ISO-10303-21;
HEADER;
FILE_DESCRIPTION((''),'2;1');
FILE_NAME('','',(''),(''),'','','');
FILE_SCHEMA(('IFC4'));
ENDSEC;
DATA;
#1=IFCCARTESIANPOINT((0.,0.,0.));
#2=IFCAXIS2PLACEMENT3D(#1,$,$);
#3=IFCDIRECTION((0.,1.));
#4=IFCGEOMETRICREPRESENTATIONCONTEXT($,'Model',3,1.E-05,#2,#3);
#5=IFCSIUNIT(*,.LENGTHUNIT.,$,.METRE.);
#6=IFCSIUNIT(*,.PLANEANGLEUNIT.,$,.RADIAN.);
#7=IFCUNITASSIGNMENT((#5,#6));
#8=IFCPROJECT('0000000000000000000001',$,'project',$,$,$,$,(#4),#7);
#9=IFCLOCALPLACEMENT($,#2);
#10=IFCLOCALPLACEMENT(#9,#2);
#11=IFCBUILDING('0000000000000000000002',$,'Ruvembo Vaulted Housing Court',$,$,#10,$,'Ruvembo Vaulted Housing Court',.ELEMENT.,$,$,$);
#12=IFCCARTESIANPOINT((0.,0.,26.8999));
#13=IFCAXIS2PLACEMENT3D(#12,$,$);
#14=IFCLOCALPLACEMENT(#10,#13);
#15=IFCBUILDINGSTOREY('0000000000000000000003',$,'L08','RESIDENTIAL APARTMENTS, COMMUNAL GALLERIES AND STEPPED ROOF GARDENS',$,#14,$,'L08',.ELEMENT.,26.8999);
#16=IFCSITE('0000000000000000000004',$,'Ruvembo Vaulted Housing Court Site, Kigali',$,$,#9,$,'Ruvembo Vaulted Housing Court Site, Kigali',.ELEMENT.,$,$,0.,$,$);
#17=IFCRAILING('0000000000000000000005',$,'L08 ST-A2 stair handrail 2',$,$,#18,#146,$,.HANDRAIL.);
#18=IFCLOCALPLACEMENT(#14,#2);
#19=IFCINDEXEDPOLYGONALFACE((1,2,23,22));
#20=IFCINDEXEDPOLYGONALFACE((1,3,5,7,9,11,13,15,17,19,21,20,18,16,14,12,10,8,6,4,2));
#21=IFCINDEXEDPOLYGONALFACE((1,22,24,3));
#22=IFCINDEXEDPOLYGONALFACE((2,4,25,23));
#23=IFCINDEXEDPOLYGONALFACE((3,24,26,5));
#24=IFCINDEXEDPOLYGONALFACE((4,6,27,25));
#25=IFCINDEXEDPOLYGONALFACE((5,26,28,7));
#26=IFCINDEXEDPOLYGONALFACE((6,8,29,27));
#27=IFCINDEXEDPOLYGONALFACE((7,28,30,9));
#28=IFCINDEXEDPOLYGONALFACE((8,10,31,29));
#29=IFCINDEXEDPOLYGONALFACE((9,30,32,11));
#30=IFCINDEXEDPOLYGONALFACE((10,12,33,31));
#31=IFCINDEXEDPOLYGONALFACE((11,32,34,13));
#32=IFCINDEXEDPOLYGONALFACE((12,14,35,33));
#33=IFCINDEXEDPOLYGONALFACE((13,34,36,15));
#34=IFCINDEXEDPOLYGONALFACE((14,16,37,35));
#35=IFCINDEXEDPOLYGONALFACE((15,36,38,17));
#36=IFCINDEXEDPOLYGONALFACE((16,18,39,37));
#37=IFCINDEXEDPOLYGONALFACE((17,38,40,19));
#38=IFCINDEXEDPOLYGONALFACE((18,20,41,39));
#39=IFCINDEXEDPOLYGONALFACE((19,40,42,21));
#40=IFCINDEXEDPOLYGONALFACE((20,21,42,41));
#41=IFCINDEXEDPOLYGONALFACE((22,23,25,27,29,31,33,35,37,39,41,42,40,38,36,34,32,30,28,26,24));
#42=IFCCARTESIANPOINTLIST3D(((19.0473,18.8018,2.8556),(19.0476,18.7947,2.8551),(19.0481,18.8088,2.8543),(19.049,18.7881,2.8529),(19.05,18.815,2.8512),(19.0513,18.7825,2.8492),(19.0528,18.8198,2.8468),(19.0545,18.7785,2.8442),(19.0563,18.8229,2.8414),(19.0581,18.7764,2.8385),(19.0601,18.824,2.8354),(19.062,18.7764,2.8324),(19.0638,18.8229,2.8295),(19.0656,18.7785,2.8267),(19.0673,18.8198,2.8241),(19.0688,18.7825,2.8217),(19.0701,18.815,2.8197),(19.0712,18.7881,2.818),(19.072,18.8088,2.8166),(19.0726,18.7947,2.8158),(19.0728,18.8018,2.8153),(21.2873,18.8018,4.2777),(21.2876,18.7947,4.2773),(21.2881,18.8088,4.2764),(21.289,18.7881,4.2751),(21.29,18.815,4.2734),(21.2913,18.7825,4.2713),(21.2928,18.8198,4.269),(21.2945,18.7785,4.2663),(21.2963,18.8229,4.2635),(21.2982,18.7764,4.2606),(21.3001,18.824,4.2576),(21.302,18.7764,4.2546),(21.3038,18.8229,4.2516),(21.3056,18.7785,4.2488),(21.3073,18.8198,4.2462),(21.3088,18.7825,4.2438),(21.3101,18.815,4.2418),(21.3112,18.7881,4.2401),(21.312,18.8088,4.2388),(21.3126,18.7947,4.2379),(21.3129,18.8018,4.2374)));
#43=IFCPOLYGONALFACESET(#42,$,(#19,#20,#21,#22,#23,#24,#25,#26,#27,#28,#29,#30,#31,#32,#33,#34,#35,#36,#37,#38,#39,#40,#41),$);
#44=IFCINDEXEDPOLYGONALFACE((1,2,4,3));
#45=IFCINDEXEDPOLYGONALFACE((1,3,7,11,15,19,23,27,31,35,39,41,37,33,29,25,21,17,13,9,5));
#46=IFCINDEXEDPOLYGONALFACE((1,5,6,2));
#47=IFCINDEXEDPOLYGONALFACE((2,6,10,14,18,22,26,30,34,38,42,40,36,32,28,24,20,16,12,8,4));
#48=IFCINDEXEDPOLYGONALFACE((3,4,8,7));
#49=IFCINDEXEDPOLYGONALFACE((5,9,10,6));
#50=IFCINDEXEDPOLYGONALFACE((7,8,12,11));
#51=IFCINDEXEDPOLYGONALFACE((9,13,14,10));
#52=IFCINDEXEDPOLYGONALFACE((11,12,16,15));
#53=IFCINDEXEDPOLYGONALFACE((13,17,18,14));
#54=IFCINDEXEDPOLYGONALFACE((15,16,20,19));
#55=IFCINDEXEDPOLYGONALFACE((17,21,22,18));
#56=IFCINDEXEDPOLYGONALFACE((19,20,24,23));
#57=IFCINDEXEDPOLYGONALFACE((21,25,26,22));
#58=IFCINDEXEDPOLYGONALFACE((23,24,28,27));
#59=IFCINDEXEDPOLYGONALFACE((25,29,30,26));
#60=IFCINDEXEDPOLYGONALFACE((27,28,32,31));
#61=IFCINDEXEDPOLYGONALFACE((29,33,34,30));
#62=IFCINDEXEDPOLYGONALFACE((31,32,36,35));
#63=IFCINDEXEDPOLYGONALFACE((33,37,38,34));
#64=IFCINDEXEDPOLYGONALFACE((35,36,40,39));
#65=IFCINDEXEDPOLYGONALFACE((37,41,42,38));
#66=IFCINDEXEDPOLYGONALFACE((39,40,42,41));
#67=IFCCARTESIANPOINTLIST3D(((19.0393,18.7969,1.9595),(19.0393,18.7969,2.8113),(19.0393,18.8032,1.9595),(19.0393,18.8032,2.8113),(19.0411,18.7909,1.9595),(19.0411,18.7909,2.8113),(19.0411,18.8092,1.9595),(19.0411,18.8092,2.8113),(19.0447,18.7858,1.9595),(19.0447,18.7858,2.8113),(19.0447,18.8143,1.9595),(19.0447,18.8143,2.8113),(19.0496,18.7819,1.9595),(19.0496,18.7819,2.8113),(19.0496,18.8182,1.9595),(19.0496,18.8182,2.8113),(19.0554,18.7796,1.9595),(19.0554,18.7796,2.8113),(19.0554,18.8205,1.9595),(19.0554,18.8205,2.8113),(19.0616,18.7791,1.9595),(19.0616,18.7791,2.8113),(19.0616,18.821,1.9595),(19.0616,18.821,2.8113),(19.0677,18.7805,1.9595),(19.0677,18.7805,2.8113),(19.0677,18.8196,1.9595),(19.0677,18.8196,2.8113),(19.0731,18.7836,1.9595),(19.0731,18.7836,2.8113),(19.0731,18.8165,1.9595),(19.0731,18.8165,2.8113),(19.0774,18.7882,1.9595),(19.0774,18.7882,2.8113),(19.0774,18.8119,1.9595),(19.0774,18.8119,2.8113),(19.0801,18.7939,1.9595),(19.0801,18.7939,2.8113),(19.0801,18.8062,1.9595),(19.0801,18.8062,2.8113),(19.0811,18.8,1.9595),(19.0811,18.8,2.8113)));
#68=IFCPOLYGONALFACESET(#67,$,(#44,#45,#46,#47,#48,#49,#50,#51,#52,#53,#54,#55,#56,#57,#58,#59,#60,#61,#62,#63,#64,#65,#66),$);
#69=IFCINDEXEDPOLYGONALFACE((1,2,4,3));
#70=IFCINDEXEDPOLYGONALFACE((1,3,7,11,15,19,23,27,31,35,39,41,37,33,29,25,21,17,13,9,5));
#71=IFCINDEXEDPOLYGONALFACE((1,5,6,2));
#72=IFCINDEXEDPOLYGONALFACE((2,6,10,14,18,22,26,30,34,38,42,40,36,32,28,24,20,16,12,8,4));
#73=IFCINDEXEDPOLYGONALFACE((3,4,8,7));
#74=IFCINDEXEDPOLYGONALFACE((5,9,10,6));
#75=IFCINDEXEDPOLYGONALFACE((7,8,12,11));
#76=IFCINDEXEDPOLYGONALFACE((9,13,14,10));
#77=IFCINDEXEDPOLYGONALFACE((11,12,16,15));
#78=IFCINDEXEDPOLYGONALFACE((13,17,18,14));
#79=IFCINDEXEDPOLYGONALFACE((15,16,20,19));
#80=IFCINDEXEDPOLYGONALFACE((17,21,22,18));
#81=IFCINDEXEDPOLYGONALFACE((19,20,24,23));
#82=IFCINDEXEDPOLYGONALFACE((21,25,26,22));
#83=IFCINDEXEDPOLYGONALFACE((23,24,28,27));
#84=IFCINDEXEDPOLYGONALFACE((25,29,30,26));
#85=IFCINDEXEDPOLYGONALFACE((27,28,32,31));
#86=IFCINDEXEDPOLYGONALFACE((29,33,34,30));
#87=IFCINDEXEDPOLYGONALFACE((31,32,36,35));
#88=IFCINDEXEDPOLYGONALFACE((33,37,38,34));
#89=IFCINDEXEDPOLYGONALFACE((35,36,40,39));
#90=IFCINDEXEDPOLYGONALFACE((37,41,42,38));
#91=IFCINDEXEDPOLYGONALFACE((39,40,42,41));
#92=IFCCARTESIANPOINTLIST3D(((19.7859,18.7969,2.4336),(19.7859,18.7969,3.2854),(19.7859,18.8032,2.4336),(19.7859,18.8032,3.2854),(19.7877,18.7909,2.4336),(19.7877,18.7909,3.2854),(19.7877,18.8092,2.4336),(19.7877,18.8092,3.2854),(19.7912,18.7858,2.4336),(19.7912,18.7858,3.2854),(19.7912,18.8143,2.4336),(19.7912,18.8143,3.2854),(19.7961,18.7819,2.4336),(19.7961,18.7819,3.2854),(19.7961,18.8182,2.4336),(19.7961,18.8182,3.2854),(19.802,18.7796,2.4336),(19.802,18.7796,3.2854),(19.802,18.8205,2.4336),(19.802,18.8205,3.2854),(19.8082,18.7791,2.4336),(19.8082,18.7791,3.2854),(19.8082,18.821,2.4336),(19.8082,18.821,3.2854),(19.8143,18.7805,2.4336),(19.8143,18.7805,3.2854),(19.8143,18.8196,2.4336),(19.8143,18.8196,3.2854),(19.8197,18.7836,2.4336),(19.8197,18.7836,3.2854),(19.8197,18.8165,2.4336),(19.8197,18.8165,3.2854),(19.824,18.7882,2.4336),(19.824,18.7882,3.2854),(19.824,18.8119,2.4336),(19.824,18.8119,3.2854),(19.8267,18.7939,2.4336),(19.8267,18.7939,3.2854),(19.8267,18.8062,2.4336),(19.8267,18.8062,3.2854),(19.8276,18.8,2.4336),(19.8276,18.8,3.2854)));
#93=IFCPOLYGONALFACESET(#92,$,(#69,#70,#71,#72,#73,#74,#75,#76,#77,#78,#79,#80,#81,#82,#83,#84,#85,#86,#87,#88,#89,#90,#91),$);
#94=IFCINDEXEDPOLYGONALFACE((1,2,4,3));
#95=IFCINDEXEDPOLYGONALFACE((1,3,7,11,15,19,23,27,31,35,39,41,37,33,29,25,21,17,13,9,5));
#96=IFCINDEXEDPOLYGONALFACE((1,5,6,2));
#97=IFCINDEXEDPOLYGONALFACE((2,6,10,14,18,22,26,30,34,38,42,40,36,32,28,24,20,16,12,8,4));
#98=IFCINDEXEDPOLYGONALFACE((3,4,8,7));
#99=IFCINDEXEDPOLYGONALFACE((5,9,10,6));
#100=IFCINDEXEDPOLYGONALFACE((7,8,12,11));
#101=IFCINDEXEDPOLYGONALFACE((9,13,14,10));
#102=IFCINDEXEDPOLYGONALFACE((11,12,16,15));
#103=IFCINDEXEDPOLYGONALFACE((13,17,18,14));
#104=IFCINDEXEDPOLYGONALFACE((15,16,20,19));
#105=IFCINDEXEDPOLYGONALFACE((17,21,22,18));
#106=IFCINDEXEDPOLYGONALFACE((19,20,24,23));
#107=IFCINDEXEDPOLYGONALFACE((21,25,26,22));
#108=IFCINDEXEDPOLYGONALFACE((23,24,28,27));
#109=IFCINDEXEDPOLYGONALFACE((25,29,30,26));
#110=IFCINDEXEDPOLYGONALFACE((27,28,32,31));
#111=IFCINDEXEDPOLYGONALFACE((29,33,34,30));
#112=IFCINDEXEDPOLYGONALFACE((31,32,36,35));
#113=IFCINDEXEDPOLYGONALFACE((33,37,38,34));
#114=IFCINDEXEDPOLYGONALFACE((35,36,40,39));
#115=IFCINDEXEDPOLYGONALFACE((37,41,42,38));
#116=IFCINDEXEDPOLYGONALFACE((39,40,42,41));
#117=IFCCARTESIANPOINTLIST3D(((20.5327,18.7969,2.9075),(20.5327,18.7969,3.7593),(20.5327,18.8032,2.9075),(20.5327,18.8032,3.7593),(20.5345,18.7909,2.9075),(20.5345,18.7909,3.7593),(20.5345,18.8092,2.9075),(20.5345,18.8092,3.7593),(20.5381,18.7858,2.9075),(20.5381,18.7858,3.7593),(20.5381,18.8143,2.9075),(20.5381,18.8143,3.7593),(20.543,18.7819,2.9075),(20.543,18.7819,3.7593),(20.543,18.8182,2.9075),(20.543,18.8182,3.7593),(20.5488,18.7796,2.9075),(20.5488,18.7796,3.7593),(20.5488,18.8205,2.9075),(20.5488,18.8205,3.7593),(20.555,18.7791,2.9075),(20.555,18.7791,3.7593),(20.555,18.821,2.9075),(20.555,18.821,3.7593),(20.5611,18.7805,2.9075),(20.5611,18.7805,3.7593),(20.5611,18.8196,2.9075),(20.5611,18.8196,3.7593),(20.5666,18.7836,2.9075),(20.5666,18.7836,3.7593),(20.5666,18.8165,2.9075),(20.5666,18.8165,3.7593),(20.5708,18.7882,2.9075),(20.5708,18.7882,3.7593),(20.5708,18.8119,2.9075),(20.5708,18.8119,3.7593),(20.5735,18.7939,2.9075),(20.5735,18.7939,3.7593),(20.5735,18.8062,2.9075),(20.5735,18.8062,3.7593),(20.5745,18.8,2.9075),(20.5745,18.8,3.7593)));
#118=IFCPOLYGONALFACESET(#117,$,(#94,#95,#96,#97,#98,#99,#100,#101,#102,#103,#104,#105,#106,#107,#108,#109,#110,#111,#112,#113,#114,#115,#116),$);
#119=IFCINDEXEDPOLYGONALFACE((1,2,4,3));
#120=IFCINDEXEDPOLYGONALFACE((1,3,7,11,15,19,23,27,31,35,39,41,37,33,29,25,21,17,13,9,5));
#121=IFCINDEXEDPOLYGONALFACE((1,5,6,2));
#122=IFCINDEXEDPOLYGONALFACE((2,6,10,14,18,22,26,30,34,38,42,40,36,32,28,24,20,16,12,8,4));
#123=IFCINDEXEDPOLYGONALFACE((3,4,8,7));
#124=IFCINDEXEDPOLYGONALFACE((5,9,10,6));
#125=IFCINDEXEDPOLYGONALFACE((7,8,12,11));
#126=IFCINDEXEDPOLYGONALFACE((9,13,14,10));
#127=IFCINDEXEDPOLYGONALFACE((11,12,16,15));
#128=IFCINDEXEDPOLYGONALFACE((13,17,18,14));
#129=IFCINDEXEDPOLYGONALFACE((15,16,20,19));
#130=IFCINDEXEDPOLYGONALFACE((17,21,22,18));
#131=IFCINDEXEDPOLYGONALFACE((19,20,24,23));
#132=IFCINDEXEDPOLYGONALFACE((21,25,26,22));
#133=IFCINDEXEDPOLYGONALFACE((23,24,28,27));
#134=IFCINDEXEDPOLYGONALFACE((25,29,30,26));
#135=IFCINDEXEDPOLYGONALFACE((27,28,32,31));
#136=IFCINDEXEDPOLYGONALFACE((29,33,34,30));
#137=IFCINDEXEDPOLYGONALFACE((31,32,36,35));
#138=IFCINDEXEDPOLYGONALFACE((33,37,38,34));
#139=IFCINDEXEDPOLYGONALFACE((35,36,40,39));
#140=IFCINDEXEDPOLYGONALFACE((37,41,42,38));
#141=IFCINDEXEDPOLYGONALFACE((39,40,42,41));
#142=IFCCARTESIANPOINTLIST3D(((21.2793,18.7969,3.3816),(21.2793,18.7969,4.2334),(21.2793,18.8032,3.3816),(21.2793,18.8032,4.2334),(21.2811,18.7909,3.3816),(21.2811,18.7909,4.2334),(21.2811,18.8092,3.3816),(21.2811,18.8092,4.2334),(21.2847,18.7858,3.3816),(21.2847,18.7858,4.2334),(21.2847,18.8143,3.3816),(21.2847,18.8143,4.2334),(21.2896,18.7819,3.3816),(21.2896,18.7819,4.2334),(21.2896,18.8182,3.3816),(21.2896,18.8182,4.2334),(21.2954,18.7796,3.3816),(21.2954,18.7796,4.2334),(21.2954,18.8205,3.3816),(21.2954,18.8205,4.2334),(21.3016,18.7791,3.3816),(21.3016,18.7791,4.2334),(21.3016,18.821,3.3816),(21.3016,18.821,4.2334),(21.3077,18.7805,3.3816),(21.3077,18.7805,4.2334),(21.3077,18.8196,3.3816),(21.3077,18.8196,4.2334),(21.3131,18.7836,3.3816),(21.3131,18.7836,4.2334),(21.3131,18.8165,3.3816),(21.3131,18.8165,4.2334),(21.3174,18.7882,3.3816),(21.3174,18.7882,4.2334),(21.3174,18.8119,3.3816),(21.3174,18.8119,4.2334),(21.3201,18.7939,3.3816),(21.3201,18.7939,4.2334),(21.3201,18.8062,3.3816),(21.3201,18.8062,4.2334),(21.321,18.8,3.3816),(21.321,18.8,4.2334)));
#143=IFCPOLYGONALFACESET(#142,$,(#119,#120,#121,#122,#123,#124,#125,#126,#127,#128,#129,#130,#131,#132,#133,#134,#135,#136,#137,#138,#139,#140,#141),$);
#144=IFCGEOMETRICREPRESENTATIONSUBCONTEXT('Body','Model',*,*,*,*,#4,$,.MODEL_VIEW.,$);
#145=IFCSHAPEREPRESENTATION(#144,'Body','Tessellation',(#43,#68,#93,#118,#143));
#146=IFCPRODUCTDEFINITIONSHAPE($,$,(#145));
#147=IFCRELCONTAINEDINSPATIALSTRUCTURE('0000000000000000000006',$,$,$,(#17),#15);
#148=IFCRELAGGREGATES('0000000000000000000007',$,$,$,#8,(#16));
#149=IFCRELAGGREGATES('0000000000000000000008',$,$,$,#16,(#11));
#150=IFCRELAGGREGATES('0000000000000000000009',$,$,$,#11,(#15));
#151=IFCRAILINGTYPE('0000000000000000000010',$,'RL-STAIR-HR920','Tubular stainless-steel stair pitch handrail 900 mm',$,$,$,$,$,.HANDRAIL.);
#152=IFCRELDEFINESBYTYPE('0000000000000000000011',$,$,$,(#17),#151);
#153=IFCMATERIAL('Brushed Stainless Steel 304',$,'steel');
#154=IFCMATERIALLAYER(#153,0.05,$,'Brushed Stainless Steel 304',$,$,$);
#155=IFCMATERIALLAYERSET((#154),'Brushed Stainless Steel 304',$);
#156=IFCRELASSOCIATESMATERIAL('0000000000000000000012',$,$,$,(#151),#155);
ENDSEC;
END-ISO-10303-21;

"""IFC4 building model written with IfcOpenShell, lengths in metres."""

from ifc_helpers import new_model, si_unit, direction, frame, origin, origin_2d, place, context, subcontext, project, spatial, circle, extrude, material, layer, layer_set, type_object, element, save


model = new_model("IFC4")

# Units and contexts
model_context = context("Model", 3, precision=1e-05, world=origin(), true_north=direction((0.0, 1.0)))
body_context = subcontext(model_context, "Body", "Model", "MODEL_VIEW")
ifc_project = project(units=[si_unit("LENGTHUNIT", "METRE"), si_unit("PLANEANGLEUNIT", "RADIAN")], contexts=[model_context])

# Site, building, storey
site_placement = place(None, origin())
site = spatial("IfcSite", under=ifc_project, at=site_placement, Name="Ruvembo Vaulted Housing Court Site, Kigali", LongName="Ruvembo Vaulted Housing Court Site, Kigali", CompositionType="ELEMENT", RefElevation=0.0)
building_placement = place(site_placement, origin())
building = spatial("IfcBuilding", under=site, at=building_placement, Name="Ruvembo Vaulted Housing Court", LongName="Ruvembo Vaulted Housing Court", CompositionType="ELEMENT")
storey_placement = place(building_placement, frame((0.0, 0.0, 26.8999)))
storey = spatial("IfcBuildingStorey", under=building, at=storey_placement, Name="L08", Description="RESIDENTIAL APARTMENTS, COMMUNAL GALLERIES AND STEPPED ROOF GARDENS", LongName="L08", CompositionType="ELEMENT", Elevation=26.8999)

# Railing
ifc_material_1 = material(Name="Brushed Stainless Steel 304", Category="steel")
ifc_layer_1 = layer(ifc_material_1, 0.05, Name="Brushed Stainless Steel 304")
ifc_layer_set_1 = layer_set([ifc_layer_1], Name="Brushed Stainless Steel 304")
railing_type = type_object("IfcRailingType", Name="RL-STAIR-HR920", Description="Tubular stainless-steel stair pitch handrail 900 mm", PredefinedType="HANDRAIL", material=ifc_layer_set_1)
railing_placement = place(storey_placement, frame((19.0601, 18.8, 1.9595)))
element("IfcRailing", 1, at=railing_placement, inside=storey, type_object=railing_type, Name="L08 ST-A2 stair handrail 2", PredefinedType="HANDRAIL", context=body_context, shape_type="SweptSolid", body=[
    extrude(circle(Radius=0.0239, at=origin_2d()), frame((0.0, 0.0, 0.876), z_axis=(0.844229, 0.0, 0.535982), x_axis=(0.0, 1.0, 0.0)), (0.0, 0.0, 1.0), 2.6533),
    extrude(circle(Radius=0.021, at=origin_2d()), origin(), (0.0, 0.0, 1.0), 0.8518),
    extrude(circle(Radius=0.021, at=origin_2d()), frame((0.7466, 0.0, 0.4741)), (0.0, 0.0, 1.0), 0.8518),
    extrude(circle(Radius=0.021, at=origin_2d()), frame((1.4934, 0.0, 0.948)), (0.0, 0.0, 1.0), 0.8518),
    extrude(circle(Radius=0.021, at=origin_2d()), frame((2.24, 0.0, 1.4221)), (0.0, 0.0, 1.0), 0.8518),
])

save(model, "model.ifc")
